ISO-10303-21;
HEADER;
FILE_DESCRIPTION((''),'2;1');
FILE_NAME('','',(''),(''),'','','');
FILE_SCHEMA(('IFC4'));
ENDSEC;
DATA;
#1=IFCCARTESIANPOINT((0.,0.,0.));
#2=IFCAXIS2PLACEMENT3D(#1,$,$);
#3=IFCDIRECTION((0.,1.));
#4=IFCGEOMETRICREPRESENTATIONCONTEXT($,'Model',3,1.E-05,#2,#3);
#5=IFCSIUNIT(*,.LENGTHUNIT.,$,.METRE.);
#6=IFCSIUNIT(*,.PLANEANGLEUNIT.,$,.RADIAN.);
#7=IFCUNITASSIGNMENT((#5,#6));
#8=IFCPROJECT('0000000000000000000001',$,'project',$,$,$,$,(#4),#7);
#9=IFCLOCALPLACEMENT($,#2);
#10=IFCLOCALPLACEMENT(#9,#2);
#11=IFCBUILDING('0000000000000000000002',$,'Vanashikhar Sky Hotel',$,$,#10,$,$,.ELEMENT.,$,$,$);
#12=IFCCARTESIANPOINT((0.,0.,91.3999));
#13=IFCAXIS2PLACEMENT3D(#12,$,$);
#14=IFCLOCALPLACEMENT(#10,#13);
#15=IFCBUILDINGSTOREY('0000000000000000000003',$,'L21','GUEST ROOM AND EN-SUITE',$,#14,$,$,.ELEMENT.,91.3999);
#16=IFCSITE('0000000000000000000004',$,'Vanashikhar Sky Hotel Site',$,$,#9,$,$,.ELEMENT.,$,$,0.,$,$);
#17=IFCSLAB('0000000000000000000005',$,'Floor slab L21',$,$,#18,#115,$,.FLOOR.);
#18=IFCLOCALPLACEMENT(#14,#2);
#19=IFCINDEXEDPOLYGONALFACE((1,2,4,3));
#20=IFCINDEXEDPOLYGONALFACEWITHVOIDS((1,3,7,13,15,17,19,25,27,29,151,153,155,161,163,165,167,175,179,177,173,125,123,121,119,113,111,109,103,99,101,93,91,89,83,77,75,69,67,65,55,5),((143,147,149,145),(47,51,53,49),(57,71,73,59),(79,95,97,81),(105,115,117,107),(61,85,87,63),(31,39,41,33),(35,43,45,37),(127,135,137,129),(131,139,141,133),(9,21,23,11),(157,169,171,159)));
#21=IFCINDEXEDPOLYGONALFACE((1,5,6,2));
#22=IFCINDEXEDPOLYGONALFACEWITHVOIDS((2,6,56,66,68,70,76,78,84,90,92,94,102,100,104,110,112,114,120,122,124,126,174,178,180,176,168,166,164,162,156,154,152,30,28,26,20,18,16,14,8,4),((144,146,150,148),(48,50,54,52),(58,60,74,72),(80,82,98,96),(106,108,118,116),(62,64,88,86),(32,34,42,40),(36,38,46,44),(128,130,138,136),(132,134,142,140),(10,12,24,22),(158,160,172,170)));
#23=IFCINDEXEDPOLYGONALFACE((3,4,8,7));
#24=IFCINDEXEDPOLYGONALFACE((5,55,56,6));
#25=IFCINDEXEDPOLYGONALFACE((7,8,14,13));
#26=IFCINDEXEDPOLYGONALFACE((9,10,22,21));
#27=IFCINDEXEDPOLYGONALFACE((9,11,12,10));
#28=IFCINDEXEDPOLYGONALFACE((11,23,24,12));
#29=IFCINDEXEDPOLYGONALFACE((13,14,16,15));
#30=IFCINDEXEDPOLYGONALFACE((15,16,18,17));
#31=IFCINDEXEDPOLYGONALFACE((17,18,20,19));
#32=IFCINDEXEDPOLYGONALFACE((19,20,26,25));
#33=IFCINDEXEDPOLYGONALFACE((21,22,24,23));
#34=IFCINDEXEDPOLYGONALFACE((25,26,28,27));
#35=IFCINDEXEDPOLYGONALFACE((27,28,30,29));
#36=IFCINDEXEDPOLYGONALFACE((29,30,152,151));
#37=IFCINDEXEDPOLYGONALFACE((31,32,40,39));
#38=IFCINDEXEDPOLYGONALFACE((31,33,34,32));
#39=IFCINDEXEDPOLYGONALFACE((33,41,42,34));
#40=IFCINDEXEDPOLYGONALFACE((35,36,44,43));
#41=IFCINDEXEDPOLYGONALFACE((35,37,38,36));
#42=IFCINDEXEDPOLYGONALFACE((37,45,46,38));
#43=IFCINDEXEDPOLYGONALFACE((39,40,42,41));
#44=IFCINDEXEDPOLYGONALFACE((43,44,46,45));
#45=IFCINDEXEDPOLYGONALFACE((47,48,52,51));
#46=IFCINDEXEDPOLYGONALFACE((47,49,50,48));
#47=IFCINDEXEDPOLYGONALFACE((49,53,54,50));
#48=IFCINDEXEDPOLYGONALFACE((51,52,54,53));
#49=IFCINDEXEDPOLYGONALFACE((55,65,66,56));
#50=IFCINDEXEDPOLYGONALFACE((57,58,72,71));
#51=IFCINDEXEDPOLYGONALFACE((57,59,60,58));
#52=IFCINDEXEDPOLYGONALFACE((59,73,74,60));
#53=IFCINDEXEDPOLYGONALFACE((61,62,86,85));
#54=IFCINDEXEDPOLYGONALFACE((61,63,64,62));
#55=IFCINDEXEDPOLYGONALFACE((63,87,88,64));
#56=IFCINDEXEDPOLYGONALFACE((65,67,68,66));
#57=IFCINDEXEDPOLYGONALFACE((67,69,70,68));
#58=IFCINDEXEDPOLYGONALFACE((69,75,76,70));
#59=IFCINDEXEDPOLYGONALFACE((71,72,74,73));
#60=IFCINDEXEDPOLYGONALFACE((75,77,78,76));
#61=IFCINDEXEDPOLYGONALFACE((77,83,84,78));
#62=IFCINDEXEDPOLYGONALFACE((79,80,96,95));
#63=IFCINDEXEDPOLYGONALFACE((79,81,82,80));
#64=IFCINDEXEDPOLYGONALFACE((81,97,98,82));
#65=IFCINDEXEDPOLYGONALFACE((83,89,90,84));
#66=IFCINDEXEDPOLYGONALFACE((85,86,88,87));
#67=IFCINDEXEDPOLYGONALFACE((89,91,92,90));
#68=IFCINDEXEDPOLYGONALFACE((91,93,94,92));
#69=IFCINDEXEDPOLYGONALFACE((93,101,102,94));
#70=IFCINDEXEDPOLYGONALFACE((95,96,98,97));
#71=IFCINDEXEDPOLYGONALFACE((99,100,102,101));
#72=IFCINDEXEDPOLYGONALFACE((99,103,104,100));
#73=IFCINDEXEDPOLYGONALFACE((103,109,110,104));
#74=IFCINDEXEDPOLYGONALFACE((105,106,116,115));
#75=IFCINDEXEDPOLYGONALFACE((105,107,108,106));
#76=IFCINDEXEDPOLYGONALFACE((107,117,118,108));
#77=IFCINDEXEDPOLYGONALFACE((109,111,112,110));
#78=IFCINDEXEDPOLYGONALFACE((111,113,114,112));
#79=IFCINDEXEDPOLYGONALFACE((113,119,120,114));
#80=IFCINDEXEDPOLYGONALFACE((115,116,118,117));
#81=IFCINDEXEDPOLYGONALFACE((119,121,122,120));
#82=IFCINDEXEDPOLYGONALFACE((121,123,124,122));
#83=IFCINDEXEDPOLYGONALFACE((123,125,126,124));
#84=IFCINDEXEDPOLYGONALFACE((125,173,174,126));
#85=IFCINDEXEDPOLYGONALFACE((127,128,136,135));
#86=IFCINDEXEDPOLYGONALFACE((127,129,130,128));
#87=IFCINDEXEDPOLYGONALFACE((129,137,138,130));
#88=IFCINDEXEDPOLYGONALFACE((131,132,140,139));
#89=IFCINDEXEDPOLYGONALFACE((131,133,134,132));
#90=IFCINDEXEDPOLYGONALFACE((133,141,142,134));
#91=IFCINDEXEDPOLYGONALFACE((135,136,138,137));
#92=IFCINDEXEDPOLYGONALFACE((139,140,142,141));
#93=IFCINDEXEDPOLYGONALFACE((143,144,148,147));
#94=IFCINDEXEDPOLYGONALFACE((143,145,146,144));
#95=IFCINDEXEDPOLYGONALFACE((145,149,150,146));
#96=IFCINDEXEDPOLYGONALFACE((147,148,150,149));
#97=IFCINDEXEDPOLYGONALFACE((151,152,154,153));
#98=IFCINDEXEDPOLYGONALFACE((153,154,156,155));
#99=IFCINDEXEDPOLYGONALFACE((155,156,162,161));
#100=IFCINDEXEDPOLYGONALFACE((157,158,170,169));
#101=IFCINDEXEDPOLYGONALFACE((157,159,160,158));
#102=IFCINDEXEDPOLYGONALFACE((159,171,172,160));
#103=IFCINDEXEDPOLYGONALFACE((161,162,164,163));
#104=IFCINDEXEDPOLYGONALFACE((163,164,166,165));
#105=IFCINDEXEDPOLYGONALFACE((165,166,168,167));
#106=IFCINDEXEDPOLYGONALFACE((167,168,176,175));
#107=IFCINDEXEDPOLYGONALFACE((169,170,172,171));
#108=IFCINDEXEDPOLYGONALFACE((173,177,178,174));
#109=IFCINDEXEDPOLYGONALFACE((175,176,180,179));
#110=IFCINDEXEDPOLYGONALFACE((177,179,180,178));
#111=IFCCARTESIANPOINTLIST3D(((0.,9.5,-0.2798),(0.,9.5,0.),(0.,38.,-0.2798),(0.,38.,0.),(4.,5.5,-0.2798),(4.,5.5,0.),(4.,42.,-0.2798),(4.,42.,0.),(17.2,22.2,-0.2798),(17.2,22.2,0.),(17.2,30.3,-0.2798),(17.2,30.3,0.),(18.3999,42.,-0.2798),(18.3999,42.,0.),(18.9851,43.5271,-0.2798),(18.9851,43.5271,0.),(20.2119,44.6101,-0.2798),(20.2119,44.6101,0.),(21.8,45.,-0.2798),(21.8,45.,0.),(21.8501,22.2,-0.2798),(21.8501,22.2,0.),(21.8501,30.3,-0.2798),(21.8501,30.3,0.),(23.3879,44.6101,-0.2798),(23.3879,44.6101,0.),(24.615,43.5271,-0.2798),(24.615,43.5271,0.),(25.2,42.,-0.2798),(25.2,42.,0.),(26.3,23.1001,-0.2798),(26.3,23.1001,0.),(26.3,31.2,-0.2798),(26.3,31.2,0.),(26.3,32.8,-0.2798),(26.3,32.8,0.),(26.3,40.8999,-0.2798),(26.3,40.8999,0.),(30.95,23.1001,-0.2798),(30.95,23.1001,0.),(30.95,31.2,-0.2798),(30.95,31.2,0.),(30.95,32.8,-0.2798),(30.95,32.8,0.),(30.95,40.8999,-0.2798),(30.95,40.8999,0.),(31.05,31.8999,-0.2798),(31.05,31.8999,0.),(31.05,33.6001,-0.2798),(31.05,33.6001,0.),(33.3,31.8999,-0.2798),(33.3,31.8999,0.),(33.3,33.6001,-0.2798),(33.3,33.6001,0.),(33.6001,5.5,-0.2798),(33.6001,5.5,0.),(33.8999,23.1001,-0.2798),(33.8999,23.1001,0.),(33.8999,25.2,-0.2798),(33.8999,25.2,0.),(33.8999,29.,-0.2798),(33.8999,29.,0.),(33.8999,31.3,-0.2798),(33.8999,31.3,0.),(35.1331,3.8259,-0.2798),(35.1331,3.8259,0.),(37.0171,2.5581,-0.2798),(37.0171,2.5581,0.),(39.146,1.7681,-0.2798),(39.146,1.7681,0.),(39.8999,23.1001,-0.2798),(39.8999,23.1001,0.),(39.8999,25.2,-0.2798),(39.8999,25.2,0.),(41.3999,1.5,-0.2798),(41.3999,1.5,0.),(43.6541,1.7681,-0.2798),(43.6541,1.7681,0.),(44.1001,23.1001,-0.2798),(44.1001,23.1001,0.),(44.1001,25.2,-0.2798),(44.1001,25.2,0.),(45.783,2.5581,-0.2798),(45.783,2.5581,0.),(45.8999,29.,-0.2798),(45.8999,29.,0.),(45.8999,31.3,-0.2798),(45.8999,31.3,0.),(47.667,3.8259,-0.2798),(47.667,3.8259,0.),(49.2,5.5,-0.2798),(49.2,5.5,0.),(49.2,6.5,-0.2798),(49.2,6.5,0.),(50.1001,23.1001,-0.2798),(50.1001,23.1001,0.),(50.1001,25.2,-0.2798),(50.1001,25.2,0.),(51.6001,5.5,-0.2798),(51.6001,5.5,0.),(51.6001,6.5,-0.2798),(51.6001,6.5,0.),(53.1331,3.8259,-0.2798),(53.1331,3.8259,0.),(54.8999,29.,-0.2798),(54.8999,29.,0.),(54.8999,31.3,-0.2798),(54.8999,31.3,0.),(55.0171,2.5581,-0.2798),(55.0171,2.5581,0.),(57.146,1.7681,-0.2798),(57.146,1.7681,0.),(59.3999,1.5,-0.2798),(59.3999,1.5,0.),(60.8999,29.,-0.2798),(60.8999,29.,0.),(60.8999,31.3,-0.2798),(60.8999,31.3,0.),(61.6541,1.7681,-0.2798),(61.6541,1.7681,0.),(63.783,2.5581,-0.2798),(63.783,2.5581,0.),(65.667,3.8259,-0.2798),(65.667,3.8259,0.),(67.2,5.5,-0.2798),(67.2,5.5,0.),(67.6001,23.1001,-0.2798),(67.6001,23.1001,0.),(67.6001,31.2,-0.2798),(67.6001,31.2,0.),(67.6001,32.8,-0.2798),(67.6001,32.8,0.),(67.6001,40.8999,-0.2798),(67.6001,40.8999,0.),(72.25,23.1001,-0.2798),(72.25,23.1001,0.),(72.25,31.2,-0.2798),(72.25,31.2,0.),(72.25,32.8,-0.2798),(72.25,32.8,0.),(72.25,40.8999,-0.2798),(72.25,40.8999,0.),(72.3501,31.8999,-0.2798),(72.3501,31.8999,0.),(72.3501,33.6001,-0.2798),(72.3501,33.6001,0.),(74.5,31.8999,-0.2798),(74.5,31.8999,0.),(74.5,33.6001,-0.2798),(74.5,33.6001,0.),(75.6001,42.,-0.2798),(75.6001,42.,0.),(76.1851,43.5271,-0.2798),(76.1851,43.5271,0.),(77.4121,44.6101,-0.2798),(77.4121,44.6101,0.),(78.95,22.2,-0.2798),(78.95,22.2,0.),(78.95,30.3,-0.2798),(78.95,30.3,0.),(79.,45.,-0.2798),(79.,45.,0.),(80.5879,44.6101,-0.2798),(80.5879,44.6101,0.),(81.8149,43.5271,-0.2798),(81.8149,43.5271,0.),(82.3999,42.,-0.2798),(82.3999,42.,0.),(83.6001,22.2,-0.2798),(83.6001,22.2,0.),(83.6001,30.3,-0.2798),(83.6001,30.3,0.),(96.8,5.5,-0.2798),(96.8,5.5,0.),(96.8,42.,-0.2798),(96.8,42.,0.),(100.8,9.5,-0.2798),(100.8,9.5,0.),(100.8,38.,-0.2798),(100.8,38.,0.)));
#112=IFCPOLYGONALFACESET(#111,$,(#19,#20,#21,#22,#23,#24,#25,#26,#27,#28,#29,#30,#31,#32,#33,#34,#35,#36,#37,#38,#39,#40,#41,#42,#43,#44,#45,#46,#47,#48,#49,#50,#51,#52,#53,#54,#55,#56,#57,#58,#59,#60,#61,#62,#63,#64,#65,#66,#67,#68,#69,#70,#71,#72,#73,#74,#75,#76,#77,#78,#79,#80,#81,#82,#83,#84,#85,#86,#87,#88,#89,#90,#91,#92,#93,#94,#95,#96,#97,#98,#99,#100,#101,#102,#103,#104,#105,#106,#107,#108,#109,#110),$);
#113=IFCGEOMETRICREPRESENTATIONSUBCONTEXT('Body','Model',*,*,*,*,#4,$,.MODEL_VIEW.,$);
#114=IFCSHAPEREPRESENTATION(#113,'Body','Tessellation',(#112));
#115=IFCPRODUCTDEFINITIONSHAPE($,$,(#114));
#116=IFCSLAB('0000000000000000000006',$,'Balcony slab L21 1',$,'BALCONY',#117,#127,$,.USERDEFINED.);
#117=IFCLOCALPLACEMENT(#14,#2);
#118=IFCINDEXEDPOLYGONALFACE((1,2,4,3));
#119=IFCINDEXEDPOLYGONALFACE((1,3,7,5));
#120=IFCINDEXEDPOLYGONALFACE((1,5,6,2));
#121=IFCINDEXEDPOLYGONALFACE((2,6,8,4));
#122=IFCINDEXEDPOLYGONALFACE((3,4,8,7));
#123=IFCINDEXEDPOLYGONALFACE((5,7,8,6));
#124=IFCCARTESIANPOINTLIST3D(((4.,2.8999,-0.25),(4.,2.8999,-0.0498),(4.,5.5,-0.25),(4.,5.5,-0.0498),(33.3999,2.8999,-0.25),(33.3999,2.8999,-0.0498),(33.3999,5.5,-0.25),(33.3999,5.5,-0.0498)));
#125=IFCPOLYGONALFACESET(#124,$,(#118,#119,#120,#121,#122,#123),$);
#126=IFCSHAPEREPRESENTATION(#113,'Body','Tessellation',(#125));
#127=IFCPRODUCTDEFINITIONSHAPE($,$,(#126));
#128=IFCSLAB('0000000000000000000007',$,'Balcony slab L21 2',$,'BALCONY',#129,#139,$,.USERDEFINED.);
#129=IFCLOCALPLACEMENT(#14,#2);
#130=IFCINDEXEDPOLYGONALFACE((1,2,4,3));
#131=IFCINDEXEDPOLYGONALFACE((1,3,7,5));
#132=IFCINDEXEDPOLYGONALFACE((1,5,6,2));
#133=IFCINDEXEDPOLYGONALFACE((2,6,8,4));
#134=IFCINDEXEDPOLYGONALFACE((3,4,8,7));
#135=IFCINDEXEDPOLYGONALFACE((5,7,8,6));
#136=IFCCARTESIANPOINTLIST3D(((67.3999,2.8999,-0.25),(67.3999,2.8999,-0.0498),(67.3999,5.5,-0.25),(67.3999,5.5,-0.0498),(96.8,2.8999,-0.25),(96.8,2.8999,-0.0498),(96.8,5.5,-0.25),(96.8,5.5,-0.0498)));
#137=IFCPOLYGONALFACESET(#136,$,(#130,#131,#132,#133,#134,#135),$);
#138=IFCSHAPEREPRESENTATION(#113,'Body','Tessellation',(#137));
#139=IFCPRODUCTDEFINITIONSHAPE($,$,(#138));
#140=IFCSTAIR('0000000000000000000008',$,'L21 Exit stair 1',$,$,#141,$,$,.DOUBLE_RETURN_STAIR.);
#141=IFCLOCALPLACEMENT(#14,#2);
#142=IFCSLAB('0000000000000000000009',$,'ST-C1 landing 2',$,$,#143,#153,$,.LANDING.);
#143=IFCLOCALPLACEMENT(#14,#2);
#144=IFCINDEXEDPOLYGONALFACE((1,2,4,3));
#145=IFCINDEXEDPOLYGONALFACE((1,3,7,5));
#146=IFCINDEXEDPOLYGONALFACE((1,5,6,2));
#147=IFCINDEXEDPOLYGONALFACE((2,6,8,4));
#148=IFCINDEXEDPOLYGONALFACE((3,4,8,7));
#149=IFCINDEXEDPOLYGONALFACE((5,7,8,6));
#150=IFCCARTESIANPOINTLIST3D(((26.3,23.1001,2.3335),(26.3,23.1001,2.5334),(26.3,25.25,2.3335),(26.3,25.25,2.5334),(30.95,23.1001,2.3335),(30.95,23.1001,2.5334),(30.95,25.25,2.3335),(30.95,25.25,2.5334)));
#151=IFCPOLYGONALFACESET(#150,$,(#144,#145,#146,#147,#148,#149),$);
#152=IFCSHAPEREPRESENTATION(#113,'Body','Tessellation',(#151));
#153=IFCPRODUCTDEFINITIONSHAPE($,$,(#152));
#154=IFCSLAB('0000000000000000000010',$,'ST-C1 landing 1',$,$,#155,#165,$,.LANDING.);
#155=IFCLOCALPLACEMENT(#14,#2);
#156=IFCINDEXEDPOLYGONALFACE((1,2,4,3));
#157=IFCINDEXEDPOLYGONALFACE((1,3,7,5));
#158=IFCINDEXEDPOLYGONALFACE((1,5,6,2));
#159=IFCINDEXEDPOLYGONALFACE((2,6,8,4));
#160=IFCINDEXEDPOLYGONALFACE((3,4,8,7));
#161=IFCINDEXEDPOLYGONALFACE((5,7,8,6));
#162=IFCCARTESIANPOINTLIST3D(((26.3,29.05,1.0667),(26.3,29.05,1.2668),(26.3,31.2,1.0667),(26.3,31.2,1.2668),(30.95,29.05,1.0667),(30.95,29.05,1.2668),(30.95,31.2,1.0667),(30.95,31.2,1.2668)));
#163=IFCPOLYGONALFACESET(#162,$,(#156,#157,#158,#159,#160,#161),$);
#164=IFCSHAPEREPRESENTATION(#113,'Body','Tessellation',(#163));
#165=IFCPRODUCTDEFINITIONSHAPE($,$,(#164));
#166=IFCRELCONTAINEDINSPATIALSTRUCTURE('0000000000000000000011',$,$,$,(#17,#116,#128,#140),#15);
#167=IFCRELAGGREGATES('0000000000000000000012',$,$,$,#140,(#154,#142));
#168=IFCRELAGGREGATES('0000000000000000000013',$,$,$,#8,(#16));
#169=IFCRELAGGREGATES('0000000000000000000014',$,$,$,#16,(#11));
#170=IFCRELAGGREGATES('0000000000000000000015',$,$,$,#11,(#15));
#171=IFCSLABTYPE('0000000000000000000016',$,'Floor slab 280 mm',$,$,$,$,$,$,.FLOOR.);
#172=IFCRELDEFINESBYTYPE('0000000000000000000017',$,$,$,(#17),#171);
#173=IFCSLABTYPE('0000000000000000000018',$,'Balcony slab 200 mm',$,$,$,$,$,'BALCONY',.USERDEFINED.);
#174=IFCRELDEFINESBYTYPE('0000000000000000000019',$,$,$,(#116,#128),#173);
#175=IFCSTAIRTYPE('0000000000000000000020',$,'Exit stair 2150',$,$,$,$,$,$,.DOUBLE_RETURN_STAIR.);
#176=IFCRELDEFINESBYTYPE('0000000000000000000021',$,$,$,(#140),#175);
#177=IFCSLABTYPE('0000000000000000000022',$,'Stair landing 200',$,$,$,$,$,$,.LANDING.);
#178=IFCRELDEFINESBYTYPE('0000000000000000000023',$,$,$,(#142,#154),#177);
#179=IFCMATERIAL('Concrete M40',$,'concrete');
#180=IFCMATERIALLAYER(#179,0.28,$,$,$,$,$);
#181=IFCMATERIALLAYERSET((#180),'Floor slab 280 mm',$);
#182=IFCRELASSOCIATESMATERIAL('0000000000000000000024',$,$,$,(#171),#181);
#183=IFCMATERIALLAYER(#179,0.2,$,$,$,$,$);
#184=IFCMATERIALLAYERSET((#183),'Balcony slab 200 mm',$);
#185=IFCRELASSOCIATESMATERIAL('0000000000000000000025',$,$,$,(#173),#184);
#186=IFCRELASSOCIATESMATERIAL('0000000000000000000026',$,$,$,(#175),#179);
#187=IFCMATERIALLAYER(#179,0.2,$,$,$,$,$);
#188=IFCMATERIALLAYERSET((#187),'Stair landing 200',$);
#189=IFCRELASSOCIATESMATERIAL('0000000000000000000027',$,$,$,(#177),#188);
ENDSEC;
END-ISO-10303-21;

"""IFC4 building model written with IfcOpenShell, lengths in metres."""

from ifc_helpers import new_model, si_unit, direction, frame, origin, place, context, subcontext, project, spatial, polyline, outline, extrude, source, transform, mapped, material, layer, layer_set, type_object, element, aggregate, save


model = new_model("IFC4")

# Units and contexts
model_context = context("Model", 3, precision=1e-05, world=origin(), true_north=direction((0.0, 1.0)))
body_context = subcontext(model_context, "Body", "Model", "MODEL_VIEW")
ifc_project = project(units=[si_unit("LENGTHUNIT", "METRE"), si_unit("PLANEANGLEUNIT", "RADIAN")], contexts=[model_context])

# Site, building, storey
site_placement = place(None, origin())
site = spatial("IfcSite", under=ifc_project, at=site_placement, Name="Vanashikhar Sky Hotel Site", CompositionType="ELEMENT", RefElevation=0.0)
building_placement = place(site_placement, origin())
building = spatial("IfcBuilding", under=site, at=building_placement, Name="Vanashikhar Sky Hotel", CompositionType="ELEMENT")
storey_placement = place(building_placement, frame((0.0, 0.0, 91.3999)))
storey = spatial("IfcBuildingStorey", under=building, at=storey_placement, Name="L21", Description="GUEST ROOM AND EN-SUITE", CompositionType="ELEMENT", Elevation=91.3999)

# Slabs
ifc_material_1 = material(Name="Concrete M40", Category="concrete")
ifc_layer_1 = layer(ifc_material_1, 0.28)
ifc_layer_set_1 = layer_set([ifc_layer_1], Name="Floor slab 280 mm")
slab_type_1 = type_object("IfcSlabType", Name="Floor slab 280 mm", PredefinedType="FLOOR", material=ifc_layer_set_1)
shared_shape_1 = source(origin(), body_context, "Body", "SweptSolid", [
    extrude(outline(polyline([(49.2, 5.5), (49.2, 6.5), (51.6001, 6.5), (51.6001, 5.5), (53.1331, 3.8259), (55.0171, 2.5581), (57.146, 1.7681), (59.3999, 1.5), (61.6541, 1.7681), (63.783, 2.5581), (65.667, 3.8259), (67.2, 5.5), (96.8, 5.5), (100.8, 9.5), (100.8, 38.0), (96.8, 42.0), (82.3999, 42.0), (81.8149, 43.5271), (80.5879, 44.6101), (79.0, 45.0), (77.4121, 44.6101), (76.1851, 43.5271), (75.6001, 42.0), (25.2, 42.0), (24.615, 43.5271), (23.3879, 44.6101), (21.8, 45.0), (20.2119, 44.6101), (18.9851, 43.5271), (18.3999, 42.0), (4.0, 42.0), (0.0, 38.0), (0.0, 9.5), (4.0, 5.5), (33.6001, 5.5), (35.1331, 3.8259), (37.0171, 2.5581), (39.146, 1.7681), (41.3999, 1.5), (43.6541, 1.7681), (45.783, 2.5581), (47.667, 3.8259), (49.2, 5.5)]), holes=[polyline([(33.3, 33.6001), (31.05, 33.6001), (31.05, 31.8999), (33.3, 31.8999), (33.3, 33.6001)]), polyline([(33.8999, 25.2), (33.8999, 23.1001), (39.8999, 23.1001), (39.8999, 25.2), (33.8999, 25.2)]), polyline([(33.8999, 31.3), (33.8999, 29.0), (45.8999, 29.0), (45.8999, 31.3), (33.8999, 31.3)]), polyline([(44.1001, 25.2), (44.1001, 23.1001), (50.1001, 23.1001), (50.1001, 25.2), (44.1001, 25.2)]), polyline([(54.8999, 31.3), (54.8999, 29.0), (60.8999, 29.0), (60.8999, 31.3), (54.8999, 31.3)]), polyline([(74.5, 33.6001), (72.3501, 33.6001), (72.3501, 31.8999), (74.5, 31.8999), (74.5, 33.6001)]), polyline([(30.95, 23.1001), (30.95, 31.2), (26.3, 31.2), (26.3, 23.1001), (30.95, 23.1001)]), polyline([(72.25, 23.1001), (72.25, 31.2), (67.6001, 31.2), (67.6001, 23.1001), (72.25, 23.1001)]), polyline([(30.95, 32.8), (30.95, 40.8999), (26.3, 40.8999), (26.3, 32.8), (30.95, 32.8)]), polyline([(72.25, 32.8), (72.25, 40.8999), (67.6001, 40.8999), (67.6001, 32.8), (72.25, 32.8)]), polyline([(83.6001, 22.2), (83.6001, 30.3), (78.95, 30.3), (78.95, 22.2), (83.6001, 22.2)]), polyline([(21.8501, 22.2), (21.8501, 30.3), (17.2, 30.3), (17.2, 22.2), (21.8501, 22.2)])]), origin(), (0.0, 0.0, 1.0), 0.2798),
])
slab_1_placement = place(storey_placement, frame((0.0, 0.0, -0.2798)))
element("IfcSlab", 1, at=slab_1_placement, inside=storey, type_object=slab_type_1, Name="Floor slab L21", PredefinedType="FLOOR", context=body_context, shape_type="MappedRepresentation", body=[
    mapped(shared_shape_1, transform((0.0, 0.0, 0.0), scale=1.0)),
])
ifc_layer_2 = layer(ifc_material_1, 0.2)
ifc_layer_set_2 = layer_set([ifc_layer_2], Name="Balcony slab 200 mm")
slab_type_2 = type_object("IfcSlabType", Name="Balcony slab 200 mm", ElementType="BALCONY", PredefinedType="USERDEFINED", material=ifc_layer_set_2)
shared_shape_2 = source(origin(), body_context, "Body", "SweptSolid", [
    extrude(outline(polyline([(4.0, 2.8999), (33.3999, 2.8999), (33.3999, 5.5), (4.0, 5.5), (4.0, 2.8999)])), origin(), (0.0, 0.0, 1.0), 0.2002),
])
slab_2_placement = place(storey_placement, frame((0.0, 0.0, -0.25)))
element("IfcSlab", 2, at=slab_2_placement, inside=storey, type_object=slab_type_2, Name="Balcony slab L21 1", ObjectType="BALCONY", PredefinedType="USERDEFINED", context=body_context, shape_type="MappedRepresentation", body=[
    mapped(shared_shape_2, transform((0.0, 0.0, 0.0), scale=1.0)),
])
shared_shape_3 = source(origin(), body_context, "Body", "SweptSolid", [
    extrude(outline(polyline([(67.3999, 2.8999), (96.8, 2.8999), (96.8, 5.5), (67.3999, 5.5), (67.3999, 2.8999)])), origin(), (0.0, 0.0, 1.0), 0.2002),
])
slab_3_placement = place(storey_placement, frame((0.0, 0.0, -0.25)))
element("IfcSlab", 3, at=slab_3_placement, inside=storey, type_object=slab_type_2, Name="Balcony slab L21 2", ObjectType="BALCONY", PredefinedType="USERDEFINED", context=body_context, shape_type="MappedRepresentation", body=[
    mapped(shared_shape_3, transform((0.0, 0.0, 0.0), scale=1.0)),
])

# Stair, slabs
stair_type = type_object("IfcStairType", Name="Exit stair 2150", PredefinedType="DOUBLE_RETURN_STAIR", material=ifc_material_1)
stair_1_placement = place(storey_placement, origin())
stair_1 = element("IfcStair", 4, at=stair_1_placement, inside=storey, type_object=stair_type, Name="L21 Exit stair 1", PredefinedType="DOUBLE_RETURN_STAIR")
ifc_layer_3 = layer(ifc_material_1, 0.2)
ifc_layer_set_3 = layer_set([ifc_layer_3], Name="Stair landing 200")
slab_type_3 = type_object("IfcSlabType", Name="Stair landing 200", PredefinedType="LANDING", material=ifc_layer_set_3)
shared_shape_4 = source(origin(), body_context, "Body", "SweptSolid", [
    extrude(outline(polyline([(30.95, 23.1001), (30.95, 25.25), (26.3, 25.25), (26.3, 23.1001), (30.95, 23.1001)])), origin(), (0.0, 0.0, 1.0), 0.2),
])
slab_4_placement = place(storey_placement, frame((0.0, 0.0, 2.3335)))
slab_4 = element("IfcSlab", 5, at=slab_4_placement, type_object=slab_type_3, Name="ST-C1 landing 2", PredefinedType="LANDING", context=body_context, shape_type="MappedRepresentation", body=[
    mapped(shared_shape_4, transform((0.0, 0.0, 0.0), scale=1.0)),
])
shared_shape_5 = source(origin(), body_context, "Body", "SweptSolid", [
    extrude(outline(polyline([(30.95, 29.05), (30.95, 31.2), (26.3, 31.2), (26.3, 29.05), (30.95, 29.05)])), origin(), (0.0, 0.0, 1.0), 0.2002),
])
slab_5_placement = place(storey_placement, frame((0.0, 0.0, 1.0667)))
slab_5 = element("IfcSlab", 6, at=slab_5_placement, type_object=slab_type_3, Name="ST-C1 landing 1", PredefinedType="LANDING", context=body_context, shape_type="MappedRepresentation", body=[
    mapped(shared_shape_5, transform((0.0, 0.0, 0.0), scale=1.0)),
])
aggregate(stair_1, [slab_5, slab_4])

save(model, "model.ifc")
